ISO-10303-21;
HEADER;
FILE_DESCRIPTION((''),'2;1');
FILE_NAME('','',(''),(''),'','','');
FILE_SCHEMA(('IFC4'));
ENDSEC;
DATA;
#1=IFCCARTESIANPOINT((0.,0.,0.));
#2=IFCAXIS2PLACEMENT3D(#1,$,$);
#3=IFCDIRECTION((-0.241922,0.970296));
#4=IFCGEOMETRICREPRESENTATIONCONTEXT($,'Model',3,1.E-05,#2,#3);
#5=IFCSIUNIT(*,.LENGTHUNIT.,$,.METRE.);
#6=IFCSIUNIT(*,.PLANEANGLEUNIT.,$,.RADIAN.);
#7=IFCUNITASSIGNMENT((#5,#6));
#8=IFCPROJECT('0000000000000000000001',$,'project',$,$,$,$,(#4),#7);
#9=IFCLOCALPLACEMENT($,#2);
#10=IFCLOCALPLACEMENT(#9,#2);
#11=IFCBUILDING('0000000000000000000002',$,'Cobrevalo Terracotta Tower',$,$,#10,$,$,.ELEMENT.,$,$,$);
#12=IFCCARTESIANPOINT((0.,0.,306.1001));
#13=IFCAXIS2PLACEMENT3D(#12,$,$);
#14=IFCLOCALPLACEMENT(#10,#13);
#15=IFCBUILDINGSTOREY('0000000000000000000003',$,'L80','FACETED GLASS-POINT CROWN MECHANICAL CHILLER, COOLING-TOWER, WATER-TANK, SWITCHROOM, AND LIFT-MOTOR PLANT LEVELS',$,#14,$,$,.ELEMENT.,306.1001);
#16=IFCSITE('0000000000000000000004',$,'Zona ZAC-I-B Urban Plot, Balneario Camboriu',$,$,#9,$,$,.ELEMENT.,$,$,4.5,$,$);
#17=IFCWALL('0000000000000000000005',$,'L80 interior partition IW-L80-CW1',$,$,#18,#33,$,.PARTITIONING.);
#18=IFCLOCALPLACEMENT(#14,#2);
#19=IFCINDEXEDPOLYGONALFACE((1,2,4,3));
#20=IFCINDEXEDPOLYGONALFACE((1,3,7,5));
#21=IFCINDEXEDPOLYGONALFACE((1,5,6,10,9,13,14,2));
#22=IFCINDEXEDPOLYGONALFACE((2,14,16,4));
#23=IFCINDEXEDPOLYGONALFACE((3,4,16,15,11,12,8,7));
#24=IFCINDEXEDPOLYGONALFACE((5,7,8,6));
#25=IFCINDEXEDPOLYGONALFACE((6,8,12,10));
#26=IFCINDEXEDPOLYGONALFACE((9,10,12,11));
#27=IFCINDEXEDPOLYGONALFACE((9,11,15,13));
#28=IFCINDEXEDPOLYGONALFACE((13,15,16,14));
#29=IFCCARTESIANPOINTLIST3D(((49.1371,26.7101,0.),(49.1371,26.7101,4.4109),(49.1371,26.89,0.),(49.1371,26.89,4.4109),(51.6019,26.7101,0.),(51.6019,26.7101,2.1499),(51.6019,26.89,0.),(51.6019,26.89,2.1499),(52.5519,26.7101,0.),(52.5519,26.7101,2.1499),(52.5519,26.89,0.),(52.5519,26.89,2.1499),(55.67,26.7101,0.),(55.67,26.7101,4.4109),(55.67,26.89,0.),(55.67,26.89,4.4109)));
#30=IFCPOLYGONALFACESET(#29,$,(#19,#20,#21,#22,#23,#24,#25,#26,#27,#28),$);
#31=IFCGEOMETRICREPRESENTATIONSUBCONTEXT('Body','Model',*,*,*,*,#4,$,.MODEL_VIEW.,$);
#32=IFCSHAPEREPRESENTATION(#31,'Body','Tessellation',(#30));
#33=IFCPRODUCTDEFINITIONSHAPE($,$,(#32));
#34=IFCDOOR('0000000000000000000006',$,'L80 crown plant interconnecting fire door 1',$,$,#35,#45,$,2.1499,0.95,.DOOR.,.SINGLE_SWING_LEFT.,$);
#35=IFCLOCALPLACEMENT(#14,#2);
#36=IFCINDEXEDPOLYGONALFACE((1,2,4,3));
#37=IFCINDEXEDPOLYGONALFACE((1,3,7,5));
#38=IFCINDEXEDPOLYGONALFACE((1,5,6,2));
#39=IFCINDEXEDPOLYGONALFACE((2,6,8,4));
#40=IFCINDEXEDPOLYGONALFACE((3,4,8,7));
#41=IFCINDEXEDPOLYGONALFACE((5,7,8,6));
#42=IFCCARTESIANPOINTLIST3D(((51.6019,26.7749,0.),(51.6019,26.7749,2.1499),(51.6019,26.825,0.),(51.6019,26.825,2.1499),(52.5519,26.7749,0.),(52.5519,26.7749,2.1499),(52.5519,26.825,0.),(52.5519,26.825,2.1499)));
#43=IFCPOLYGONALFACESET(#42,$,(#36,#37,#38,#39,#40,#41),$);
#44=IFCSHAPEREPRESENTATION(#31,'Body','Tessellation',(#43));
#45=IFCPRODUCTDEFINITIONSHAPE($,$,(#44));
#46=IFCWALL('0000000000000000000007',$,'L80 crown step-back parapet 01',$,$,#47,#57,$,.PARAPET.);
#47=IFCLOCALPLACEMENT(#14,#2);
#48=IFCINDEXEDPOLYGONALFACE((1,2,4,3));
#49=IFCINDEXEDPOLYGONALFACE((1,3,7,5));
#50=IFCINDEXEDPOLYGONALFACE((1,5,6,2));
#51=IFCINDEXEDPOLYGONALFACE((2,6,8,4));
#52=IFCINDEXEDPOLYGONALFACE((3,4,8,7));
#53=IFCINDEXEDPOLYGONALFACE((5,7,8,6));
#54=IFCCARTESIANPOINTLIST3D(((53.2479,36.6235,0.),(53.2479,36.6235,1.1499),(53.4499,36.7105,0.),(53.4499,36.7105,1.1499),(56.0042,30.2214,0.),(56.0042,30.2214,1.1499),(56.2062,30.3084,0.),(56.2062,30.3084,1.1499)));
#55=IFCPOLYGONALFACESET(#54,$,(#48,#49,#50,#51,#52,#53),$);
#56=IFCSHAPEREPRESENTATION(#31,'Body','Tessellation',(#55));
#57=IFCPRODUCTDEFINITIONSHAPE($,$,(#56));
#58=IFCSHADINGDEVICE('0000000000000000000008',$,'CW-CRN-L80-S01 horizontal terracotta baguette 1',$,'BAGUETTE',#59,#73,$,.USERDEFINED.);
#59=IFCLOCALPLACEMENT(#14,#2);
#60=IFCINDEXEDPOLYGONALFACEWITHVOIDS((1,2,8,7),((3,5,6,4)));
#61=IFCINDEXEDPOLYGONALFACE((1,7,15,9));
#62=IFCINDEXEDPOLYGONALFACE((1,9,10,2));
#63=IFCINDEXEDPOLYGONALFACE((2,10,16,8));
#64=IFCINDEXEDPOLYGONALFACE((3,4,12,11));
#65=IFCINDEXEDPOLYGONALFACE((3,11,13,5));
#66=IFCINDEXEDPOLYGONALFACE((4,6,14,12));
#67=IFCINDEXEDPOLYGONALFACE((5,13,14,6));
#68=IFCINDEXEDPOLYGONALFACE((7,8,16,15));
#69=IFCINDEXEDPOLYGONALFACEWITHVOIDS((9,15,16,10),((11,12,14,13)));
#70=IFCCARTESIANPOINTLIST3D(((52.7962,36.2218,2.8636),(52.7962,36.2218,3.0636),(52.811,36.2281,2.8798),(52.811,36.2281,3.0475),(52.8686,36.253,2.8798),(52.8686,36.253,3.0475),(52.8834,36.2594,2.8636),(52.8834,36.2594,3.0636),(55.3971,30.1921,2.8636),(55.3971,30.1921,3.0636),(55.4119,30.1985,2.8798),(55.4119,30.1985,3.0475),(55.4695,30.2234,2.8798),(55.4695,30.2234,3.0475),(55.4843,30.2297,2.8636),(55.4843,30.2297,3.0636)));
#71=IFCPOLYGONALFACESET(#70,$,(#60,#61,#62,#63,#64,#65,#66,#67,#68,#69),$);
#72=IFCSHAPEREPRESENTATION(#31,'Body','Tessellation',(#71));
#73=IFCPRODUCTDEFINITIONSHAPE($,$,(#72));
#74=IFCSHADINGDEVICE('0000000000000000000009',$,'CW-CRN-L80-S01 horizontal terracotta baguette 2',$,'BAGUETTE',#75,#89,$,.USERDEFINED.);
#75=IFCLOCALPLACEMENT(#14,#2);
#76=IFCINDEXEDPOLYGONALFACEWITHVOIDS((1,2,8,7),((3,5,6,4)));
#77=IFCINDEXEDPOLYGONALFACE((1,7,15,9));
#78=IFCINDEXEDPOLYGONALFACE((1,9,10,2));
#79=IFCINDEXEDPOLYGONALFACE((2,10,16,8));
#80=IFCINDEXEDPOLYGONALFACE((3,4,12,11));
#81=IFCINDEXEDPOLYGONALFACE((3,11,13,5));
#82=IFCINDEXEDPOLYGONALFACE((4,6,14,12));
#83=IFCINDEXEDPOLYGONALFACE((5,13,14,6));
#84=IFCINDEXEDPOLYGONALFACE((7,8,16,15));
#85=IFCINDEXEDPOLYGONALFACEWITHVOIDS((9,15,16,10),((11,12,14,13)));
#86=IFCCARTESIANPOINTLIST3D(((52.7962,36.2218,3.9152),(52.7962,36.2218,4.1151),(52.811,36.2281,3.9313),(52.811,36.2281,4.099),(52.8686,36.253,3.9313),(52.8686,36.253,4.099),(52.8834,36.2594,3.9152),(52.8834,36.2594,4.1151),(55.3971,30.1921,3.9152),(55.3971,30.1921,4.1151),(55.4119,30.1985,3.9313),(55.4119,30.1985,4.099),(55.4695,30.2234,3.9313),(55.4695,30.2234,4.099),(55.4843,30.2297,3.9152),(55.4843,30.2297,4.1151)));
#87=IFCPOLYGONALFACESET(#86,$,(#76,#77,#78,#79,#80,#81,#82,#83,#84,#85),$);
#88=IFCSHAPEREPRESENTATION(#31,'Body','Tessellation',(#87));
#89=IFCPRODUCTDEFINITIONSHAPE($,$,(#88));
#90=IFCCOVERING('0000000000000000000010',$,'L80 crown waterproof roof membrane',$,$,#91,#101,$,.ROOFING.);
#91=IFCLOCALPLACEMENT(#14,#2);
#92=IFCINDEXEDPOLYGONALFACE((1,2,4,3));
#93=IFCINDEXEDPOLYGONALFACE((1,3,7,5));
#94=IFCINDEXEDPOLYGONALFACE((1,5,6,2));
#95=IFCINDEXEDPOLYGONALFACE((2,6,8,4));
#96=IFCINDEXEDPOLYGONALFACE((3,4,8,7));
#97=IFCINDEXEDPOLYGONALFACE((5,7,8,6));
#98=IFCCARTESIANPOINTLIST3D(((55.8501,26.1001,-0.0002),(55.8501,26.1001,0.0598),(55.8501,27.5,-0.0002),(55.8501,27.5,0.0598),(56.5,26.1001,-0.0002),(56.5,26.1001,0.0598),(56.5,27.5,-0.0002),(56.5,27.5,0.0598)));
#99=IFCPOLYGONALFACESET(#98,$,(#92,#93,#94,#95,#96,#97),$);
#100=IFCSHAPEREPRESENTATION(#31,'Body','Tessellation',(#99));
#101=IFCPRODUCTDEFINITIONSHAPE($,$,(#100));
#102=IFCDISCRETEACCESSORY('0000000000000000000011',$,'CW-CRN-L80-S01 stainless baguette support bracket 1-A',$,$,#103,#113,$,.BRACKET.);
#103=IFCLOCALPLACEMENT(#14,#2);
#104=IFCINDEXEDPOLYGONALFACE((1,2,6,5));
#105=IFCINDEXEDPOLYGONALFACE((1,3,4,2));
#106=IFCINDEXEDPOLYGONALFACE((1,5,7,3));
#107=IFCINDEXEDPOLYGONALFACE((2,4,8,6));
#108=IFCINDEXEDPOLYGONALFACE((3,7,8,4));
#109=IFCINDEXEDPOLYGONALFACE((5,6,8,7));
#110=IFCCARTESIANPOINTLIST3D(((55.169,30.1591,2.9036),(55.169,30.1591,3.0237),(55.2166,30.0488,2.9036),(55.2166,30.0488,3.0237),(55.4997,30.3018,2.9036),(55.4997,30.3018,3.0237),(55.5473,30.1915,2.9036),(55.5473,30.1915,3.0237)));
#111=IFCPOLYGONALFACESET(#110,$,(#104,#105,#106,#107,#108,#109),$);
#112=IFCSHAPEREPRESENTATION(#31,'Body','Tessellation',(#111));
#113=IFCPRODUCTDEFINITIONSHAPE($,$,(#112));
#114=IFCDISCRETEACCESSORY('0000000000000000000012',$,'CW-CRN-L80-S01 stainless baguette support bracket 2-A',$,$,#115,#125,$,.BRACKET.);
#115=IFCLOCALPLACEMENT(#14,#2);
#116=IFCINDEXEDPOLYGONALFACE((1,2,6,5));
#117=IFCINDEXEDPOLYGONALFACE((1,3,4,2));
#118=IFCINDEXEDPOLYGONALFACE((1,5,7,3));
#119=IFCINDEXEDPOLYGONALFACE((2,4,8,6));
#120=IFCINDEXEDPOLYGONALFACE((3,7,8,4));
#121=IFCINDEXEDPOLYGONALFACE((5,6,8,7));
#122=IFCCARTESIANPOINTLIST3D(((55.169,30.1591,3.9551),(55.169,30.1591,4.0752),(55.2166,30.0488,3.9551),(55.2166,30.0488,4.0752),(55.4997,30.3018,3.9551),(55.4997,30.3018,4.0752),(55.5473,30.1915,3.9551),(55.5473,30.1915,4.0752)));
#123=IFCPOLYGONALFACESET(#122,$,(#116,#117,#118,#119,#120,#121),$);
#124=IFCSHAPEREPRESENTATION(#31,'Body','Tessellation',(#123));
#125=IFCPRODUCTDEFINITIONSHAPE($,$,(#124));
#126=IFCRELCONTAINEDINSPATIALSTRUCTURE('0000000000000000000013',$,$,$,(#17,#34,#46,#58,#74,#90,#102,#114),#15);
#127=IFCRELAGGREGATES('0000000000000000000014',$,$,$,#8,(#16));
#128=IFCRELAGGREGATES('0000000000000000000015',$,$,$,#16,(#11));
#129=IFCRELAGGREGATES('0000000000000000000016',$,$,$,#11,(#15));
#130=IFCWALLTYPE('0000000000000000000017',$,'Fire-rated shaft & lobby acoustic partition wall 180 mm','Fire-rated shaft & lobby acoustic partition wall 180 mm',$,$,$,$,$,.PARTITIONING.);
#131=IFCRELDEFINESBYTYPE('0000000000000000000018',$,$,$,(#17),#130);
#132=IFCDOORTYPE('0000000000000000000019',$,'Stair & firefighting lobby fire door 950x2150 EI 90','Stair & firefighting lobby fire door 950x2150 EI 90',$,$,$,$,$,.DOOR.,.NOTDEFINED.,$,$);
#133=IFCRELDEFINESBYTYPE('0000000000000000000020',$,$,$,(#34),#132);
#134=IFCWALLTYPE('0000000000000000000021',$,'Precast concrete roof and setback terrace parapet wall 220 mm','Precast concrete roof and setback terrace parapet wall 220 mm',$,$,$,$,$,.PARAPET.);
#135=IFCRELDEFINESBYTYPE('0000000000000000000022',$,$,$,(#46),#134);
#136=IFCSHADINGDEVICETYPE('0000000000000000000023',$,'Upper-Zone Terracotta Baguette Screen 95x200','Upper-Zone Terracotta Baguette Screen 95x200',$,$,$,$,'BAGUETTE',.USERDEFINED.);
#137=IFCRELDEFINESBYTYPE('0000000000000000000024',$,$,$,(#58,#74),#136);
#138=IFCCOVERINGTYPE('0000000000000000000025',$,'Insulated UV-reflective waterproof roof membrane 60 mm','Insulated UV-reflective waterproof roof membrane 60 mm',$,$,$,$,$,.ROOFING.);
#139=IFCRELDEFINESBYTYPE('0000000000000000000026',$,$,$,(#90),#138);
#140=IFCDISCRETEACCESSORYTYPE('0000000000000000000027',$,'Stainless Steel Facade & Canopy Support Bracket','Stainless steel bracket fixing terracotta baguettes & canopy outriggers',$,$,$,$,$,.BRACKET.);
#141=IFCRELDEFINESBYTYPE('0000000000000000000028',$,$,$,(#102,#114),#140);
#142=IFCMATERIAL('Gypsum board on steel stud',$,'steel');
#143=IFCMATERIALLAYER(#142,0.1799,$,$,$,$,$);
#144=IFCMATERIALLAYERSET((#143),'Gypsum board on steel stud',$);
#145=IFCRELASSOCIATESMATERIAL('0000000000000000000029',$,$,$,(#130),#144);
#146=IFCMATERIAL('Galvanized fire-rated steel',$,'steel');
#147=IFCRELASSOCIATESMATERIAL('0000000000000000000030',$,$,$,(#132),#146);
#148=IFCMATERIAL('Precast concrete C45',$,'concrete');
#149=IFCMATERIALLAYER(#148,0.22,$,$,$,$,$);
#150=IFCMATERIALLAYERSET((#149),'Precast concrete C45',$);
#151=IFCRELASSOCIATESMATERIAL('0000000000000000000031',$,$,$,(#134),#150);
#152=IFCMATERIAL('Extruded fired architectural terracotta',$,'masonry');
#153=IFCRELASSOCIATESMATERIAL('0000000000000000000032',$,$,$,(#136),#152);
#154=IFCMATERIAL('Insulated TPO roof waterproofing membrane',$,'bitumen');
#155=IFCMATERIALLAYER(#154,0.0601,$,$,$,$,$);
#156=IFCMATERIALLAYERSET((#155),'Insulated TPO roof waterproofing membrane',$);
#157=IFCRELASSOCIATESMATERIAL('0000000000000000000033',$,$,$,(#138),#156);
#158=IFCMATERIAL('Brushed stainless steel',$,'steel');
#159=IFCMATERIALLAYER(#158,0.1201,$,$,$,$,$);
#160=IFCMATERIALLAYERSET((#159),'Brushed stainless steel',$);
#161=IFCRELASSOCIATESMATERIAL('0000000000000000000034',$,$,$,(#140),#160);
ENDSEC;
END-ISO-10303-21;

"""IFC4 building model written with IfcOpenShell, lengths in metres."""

from ifc_helpers import new_model, si_unit, direction, frame, frame_2d, origin, origin_2d, place, context, subcontext, project, spatial, rectangle, hollow_rectangle, extrude, source, transform, mapped, material, layer, layer_set, material_profile, profile_set, type_object, element, fill, save


model = new_model("IFC4")

# Units and contexts
model_context = context("Model", 3, precision=1e-05, world=origin(), true_north=direction((-0.241922, 0.970296)))
body_context = subcontext(model_context, "Body", "Model", "MODEL_VIEW")
ifc_project = project(units=[si_unit("LENGTHUNIT", "METRE"), si_unit("PLANEANGLEUNIT", "RADIAN")], contexts=[model_context])

# Site, building, storey
site_placement = place(None, origin())
site = spatial("IfcSite", under=ifc_project, at=site_placement, Name="Zona ZAC-I-B Urban Plot, Balneario Camboriu", CompositionType="ELEMENT", RefElevation=4.5)
building_placement = place(site_placement, origin())
building = spatial("IfcBuilding", under=site, at=building_placement, Name="Cobrevalo Terracotta Tower", CompositionType="ELEMENT")
storey_placement = place(building_placement, frame((0.0, 0.0, 306.1001)))
storey = spatial("IfcBuildingStorey", under=building, at=storey_placement, Name="L80", Description="FACETED GLASS-POINT CROWN MECHANICAL CHILLER, COOLING-TOWER, WATER-TANK, SWITCHROOM, AND LIFT-MOTOR PLANT LEVELS", CompositionType="ELEMENT", Elevation=306.1001)

# Wall, opening, door
ifc_material_1 = material(Name="Gypsum board on steel stud", Category="steel")
ifc_layer_1 = layer(ifc_material_1, 0.1799)
ifc_layer_set_1 = layer_set([ifc_layer_1], Name="Gypsum board on steel stud")
wall_type_1 = type_object("IfcWallType", Name="Fire-rated shaft & lobby acoustic partition wall 180 mm", Description="Fire-rated shaft & lobby acoustic partition wall 180 mm", PredefinedType="PARTITIONING", material=ifc_layer_set_1)
wall_1_placement = place(storey_placement, frame((49.137, 26.8, 0.0), z_axis=(0.0, 0.0, 1.0), x_axis=(1.0, 0.0, 0.0)))
wall_1 = element("IfcWall", 1, at=wall_1_placement, inside=storey, type_object=wall_type_1, Name="L80 interior partition IW-L80-CW1", PredefinedType="PARTITIONING", context=body_context, shape_type="SweptSolid", body=[
    extrude(rectangle(XDim=6.533, YDim=0.1799, at=frame_2d((3.2666, 0.0))), origin(), (0.0, 0.0, 1.0), 4.4109),
])
opening_placement = place(wall_1_placement, frame((2.4648, 0.0, 0.0)))
opening = element("IfcOpeningElement", 2, at=opening_placement, cuts=wall_1, PredefinedType="OPENING", context=body_context, shape_type="SweptSolid", body=[
    extrude(rectangle(XDim=0.95, YDim=2.1499, at=frame_2d((0.4751, 1.075))), frame((0.0, 0.1001, 0.0), z_axis=(0.0, -1.0, 0.0), x_axis=(1.0, 0.0, 0.0)), (0.0, 0.0, 1.0), 0.2),
])
ifc_material_2 = material(Name="Galvanized fire-rated steel", Category="steel")
door_type = type_object("IfcDoorType", Name="Stair & firefighting lobby fire door 950x2150 EI 90", Description="Stair & firefighting lobby fire door 950x2150 EI 90", OperationType="NOTDEFINED", PredefinedType="DOOR", material=ifc_material_2)
shared_shape_1 = source(origin(), body_context, "Body", "SweptSolid", [
    extrude(rectangle(XDim=0.95, YDim=2.1499, at=frame_2d((0.4751, 1.075))), frame((0.0, 0.0249, 0.0), z_axis=(0.0, -1.0, 0.0), x_axis=(1.0, 0.0, 0.0)), (0.0, 0.0, 1.0), 0.05),
])
door_placement = place(opening_placement, origin())
door = element("IfcDoor", 3, at=door_placement, inside=storey, type_object=door_type, Name="L80 crown plant interconnecting fire door 1", OperationType="SINGLE_SWING_LEFT", OverallHeight=2.1499, OverallWidth=0.95, PredefinedType="DOOR", context=body_context, shape_type="MappedRepresentation", body=[
    mapped(shared_shape_1, transform((0.0, 0.0, 0.0), scale=1.0)),
])
fill(opening, door)

# Wall
ifc_material_3 = material(Name="Precast concrete C45", Category="concrete")
ifc_layer_2 = layer(ifc_material_3, 0.22)
ifc_layer_set_2 = layer_set([ifc_layer_2], Name="Precast concrete C45")
wall_type_2 = type_object("IfcWallType", Name="Precast concrete roof and setback terrace parapet wall 220 mm", Description="Precast concrete roof and setback terrace parapet wall 220 mm", PredefinedType="PARAPET", material=ifc_layer_set_2)
wall_2_placement = place(storey_placement, frame((56.1052, 30.2649, 0.0), z_axis=(0.0, 0.0, 1.0), x_axis=(-0.395445, 0.91849, 0.0)))
element("IfcWall", 4, at=wall_2_placement, inside=storey, type_object=wall_type_2, Name="L80 crown step-back parapet 01", PredefinedType="PARAPET", context=body_context, shape_type="SweptSolid", body=[
    extrude(rectangle(XDim=6.9702, YDim=0.22, at=frame_2d((3.4851, 0.0))), origin(), (0.0, 0.0, 1.0), 1.1499),
])

# Shading devices
ifc_material_4 = material(Name="Extruded fired architectural terracotta", Category="masonry")
ifc_material_profile_1 = material_profile(ifc_material_4, hollow_rectangle(XDim=0.095, YDim=0.2, WallThickness=0.0161, at=origin_2d()), Name="BAGUETTE 95x200")
ifc_profile_set_1 = profile_set([ifc_material_profile_1], Name="Extruded fired architectural terracotta")
shading_device_type = type_object("IfcShadingDeviceType", Name="Upper-Zone Terracotta Baguette Screen 95x200", Description="Upper-Zone Terracotta Baguette Screen 95x200", ElementType="BAGUETTE", PredefinedType="USERDEFINED", material=ifc_profile_set_1)
shared_shape_2 = source(origin(), body_context, "Body", "SweptSolid", [
    extrude(hollow_rectangle(XDim=0.095, YDim=0.2, WallThickness=0.0161, at=origin_2d()), origin(), (0.0, 0.0, 1.0), 6.5667),
])
for number, where, z_axis, x_axis, name in (
    (5, (55.4407, 30.2109, 2.9636), (-0.396072, 0.918219, 0.0), (-0.918219, -0.396072, 0.0), "CW-CRN-L80-S01 horizontal terracotta baguette 1"),
    (6, (55.4407, 30.2109, 4.0151), (-0.396072, 0.918219, 0.0), (-0.918219, -0.396072, 0.0), "CW-CRN-L80-S01 horizontal terracotta baguette 2"),
):
    element("IfcShadingDevice", number, at=place(storey_placement, frame(where, z_axis=z_axis, x_axis=x_axis)), inside=storey, type_object=shading_device_type, Name=name, ObjectType="BAGUETTE", PredefinedType="USERDEFINED", context=body_context, shape_type="MappedRepresentation", body=[
        mapped(shared_shape_2, transform((0.0, 0.0, 0.0), scale=1.0)),
    ])

# Covering
ifc_material_5 = material(Name="Insulated TPO roof waterproofing membrane", Category="bitumen")
ifc_layer_3 = layer(ifc_material_5, 0.0601)
ifc_layer_set_3 = layer_set([ifc_layer_3], Name="Insulated TPO roof waterproofing membrane")
covering_type = type_object("IfcCoveringType", Name="Insulated UV-reflective waterproof roof membrane 60 mm", Description="Insulated UV-reflective waterproof roof membrane 60 mm", PredefinedType="ROOFING", material=ifc_layer_set_3)
shared_shape_3 = source(origin(), body_context, "Body", "SweptSolid", [
    extrude(rectangle(XDim=0.6499, YDim=1.3999, at=origin_2d()), origin(), (0.0, 0.0, 1.0), 0.0601),
])
covering_placement = place(storey_placement, frame((56.175, 26.8, -0.0002), z_axis=(0.0, 0.0, 1.0), x_axis=(1.0, 0.0, 0.0)))
element("IfcCovering", 7, at=covering_placement, inside=storey, type_object=covering_type, Name="L80 crown waterproof roof membrane", PredefinedType="ROOFING", context=body_context, shape_type="MappedRepresentation", body=[
    mapped(shared_shape_3, transform((0.0, 0.0, 0.0), scale=1.0)),
])

# Discrete accessories
ifc_material_6 = material(Name="Brushed stainless steel", Category="steel")
ifc_layer_4 = layer(ifc_material_6, 0.1201)
ifc_layer_set_4 = layer_set([ifc_layer_4], Name="Brushed stainless steel")
discrete_accessory_type = type_object("IfcDiscreteAccessoryType", Name="Stainless Steel Facade & Canopy Support Bracket", Description="Stainless steel bracket fixing terracotta baguettes & canopy outriggers", PredefinedType="BRACKET", material=ifc_layer_set_4)
shared_shape_4 = source(origin(), body_context, "Body", "SweptSolid", [
    extrude(rectangle(XDim=0.1201, YDim=0.3601, at=origin_2d()), origin(), (0.0, 0.0, 1.0), 0.1201),
])
for number, where, z_axis, x_axis, name in (
    (8, (55.3582, 30.1753, 2.9036), (0.0, 0.0, 1.0), (-0.396066, 0.918222, 0.0), "CW-CRN-L80-S01 stainless baguette support bracket 1-A"),
    (9, (55.3582, 30.1753, 3.9551), (0.0, 0.0, 1.0), (-0.396066, 0.918222, 0.0), "CW-CRN-L80-S01 stainless baguette support bracket 2-A"),
):
    element("IfcDiscreteAccessory", number, at=place(storey_placement, frame(where, z_axis=z_axis, x_axis=x_axis)), inside=storey, type_object=discrete_accessory_type, Name=name, PredefinedType="BRACKET", context=body_context, shape_type="MappedRepresentation", body=[
        mapped(shared_shape_4, transform((0.0, 0.0, 0.0), scale=1.0)),
    ])

save(model, "model.ifc")
